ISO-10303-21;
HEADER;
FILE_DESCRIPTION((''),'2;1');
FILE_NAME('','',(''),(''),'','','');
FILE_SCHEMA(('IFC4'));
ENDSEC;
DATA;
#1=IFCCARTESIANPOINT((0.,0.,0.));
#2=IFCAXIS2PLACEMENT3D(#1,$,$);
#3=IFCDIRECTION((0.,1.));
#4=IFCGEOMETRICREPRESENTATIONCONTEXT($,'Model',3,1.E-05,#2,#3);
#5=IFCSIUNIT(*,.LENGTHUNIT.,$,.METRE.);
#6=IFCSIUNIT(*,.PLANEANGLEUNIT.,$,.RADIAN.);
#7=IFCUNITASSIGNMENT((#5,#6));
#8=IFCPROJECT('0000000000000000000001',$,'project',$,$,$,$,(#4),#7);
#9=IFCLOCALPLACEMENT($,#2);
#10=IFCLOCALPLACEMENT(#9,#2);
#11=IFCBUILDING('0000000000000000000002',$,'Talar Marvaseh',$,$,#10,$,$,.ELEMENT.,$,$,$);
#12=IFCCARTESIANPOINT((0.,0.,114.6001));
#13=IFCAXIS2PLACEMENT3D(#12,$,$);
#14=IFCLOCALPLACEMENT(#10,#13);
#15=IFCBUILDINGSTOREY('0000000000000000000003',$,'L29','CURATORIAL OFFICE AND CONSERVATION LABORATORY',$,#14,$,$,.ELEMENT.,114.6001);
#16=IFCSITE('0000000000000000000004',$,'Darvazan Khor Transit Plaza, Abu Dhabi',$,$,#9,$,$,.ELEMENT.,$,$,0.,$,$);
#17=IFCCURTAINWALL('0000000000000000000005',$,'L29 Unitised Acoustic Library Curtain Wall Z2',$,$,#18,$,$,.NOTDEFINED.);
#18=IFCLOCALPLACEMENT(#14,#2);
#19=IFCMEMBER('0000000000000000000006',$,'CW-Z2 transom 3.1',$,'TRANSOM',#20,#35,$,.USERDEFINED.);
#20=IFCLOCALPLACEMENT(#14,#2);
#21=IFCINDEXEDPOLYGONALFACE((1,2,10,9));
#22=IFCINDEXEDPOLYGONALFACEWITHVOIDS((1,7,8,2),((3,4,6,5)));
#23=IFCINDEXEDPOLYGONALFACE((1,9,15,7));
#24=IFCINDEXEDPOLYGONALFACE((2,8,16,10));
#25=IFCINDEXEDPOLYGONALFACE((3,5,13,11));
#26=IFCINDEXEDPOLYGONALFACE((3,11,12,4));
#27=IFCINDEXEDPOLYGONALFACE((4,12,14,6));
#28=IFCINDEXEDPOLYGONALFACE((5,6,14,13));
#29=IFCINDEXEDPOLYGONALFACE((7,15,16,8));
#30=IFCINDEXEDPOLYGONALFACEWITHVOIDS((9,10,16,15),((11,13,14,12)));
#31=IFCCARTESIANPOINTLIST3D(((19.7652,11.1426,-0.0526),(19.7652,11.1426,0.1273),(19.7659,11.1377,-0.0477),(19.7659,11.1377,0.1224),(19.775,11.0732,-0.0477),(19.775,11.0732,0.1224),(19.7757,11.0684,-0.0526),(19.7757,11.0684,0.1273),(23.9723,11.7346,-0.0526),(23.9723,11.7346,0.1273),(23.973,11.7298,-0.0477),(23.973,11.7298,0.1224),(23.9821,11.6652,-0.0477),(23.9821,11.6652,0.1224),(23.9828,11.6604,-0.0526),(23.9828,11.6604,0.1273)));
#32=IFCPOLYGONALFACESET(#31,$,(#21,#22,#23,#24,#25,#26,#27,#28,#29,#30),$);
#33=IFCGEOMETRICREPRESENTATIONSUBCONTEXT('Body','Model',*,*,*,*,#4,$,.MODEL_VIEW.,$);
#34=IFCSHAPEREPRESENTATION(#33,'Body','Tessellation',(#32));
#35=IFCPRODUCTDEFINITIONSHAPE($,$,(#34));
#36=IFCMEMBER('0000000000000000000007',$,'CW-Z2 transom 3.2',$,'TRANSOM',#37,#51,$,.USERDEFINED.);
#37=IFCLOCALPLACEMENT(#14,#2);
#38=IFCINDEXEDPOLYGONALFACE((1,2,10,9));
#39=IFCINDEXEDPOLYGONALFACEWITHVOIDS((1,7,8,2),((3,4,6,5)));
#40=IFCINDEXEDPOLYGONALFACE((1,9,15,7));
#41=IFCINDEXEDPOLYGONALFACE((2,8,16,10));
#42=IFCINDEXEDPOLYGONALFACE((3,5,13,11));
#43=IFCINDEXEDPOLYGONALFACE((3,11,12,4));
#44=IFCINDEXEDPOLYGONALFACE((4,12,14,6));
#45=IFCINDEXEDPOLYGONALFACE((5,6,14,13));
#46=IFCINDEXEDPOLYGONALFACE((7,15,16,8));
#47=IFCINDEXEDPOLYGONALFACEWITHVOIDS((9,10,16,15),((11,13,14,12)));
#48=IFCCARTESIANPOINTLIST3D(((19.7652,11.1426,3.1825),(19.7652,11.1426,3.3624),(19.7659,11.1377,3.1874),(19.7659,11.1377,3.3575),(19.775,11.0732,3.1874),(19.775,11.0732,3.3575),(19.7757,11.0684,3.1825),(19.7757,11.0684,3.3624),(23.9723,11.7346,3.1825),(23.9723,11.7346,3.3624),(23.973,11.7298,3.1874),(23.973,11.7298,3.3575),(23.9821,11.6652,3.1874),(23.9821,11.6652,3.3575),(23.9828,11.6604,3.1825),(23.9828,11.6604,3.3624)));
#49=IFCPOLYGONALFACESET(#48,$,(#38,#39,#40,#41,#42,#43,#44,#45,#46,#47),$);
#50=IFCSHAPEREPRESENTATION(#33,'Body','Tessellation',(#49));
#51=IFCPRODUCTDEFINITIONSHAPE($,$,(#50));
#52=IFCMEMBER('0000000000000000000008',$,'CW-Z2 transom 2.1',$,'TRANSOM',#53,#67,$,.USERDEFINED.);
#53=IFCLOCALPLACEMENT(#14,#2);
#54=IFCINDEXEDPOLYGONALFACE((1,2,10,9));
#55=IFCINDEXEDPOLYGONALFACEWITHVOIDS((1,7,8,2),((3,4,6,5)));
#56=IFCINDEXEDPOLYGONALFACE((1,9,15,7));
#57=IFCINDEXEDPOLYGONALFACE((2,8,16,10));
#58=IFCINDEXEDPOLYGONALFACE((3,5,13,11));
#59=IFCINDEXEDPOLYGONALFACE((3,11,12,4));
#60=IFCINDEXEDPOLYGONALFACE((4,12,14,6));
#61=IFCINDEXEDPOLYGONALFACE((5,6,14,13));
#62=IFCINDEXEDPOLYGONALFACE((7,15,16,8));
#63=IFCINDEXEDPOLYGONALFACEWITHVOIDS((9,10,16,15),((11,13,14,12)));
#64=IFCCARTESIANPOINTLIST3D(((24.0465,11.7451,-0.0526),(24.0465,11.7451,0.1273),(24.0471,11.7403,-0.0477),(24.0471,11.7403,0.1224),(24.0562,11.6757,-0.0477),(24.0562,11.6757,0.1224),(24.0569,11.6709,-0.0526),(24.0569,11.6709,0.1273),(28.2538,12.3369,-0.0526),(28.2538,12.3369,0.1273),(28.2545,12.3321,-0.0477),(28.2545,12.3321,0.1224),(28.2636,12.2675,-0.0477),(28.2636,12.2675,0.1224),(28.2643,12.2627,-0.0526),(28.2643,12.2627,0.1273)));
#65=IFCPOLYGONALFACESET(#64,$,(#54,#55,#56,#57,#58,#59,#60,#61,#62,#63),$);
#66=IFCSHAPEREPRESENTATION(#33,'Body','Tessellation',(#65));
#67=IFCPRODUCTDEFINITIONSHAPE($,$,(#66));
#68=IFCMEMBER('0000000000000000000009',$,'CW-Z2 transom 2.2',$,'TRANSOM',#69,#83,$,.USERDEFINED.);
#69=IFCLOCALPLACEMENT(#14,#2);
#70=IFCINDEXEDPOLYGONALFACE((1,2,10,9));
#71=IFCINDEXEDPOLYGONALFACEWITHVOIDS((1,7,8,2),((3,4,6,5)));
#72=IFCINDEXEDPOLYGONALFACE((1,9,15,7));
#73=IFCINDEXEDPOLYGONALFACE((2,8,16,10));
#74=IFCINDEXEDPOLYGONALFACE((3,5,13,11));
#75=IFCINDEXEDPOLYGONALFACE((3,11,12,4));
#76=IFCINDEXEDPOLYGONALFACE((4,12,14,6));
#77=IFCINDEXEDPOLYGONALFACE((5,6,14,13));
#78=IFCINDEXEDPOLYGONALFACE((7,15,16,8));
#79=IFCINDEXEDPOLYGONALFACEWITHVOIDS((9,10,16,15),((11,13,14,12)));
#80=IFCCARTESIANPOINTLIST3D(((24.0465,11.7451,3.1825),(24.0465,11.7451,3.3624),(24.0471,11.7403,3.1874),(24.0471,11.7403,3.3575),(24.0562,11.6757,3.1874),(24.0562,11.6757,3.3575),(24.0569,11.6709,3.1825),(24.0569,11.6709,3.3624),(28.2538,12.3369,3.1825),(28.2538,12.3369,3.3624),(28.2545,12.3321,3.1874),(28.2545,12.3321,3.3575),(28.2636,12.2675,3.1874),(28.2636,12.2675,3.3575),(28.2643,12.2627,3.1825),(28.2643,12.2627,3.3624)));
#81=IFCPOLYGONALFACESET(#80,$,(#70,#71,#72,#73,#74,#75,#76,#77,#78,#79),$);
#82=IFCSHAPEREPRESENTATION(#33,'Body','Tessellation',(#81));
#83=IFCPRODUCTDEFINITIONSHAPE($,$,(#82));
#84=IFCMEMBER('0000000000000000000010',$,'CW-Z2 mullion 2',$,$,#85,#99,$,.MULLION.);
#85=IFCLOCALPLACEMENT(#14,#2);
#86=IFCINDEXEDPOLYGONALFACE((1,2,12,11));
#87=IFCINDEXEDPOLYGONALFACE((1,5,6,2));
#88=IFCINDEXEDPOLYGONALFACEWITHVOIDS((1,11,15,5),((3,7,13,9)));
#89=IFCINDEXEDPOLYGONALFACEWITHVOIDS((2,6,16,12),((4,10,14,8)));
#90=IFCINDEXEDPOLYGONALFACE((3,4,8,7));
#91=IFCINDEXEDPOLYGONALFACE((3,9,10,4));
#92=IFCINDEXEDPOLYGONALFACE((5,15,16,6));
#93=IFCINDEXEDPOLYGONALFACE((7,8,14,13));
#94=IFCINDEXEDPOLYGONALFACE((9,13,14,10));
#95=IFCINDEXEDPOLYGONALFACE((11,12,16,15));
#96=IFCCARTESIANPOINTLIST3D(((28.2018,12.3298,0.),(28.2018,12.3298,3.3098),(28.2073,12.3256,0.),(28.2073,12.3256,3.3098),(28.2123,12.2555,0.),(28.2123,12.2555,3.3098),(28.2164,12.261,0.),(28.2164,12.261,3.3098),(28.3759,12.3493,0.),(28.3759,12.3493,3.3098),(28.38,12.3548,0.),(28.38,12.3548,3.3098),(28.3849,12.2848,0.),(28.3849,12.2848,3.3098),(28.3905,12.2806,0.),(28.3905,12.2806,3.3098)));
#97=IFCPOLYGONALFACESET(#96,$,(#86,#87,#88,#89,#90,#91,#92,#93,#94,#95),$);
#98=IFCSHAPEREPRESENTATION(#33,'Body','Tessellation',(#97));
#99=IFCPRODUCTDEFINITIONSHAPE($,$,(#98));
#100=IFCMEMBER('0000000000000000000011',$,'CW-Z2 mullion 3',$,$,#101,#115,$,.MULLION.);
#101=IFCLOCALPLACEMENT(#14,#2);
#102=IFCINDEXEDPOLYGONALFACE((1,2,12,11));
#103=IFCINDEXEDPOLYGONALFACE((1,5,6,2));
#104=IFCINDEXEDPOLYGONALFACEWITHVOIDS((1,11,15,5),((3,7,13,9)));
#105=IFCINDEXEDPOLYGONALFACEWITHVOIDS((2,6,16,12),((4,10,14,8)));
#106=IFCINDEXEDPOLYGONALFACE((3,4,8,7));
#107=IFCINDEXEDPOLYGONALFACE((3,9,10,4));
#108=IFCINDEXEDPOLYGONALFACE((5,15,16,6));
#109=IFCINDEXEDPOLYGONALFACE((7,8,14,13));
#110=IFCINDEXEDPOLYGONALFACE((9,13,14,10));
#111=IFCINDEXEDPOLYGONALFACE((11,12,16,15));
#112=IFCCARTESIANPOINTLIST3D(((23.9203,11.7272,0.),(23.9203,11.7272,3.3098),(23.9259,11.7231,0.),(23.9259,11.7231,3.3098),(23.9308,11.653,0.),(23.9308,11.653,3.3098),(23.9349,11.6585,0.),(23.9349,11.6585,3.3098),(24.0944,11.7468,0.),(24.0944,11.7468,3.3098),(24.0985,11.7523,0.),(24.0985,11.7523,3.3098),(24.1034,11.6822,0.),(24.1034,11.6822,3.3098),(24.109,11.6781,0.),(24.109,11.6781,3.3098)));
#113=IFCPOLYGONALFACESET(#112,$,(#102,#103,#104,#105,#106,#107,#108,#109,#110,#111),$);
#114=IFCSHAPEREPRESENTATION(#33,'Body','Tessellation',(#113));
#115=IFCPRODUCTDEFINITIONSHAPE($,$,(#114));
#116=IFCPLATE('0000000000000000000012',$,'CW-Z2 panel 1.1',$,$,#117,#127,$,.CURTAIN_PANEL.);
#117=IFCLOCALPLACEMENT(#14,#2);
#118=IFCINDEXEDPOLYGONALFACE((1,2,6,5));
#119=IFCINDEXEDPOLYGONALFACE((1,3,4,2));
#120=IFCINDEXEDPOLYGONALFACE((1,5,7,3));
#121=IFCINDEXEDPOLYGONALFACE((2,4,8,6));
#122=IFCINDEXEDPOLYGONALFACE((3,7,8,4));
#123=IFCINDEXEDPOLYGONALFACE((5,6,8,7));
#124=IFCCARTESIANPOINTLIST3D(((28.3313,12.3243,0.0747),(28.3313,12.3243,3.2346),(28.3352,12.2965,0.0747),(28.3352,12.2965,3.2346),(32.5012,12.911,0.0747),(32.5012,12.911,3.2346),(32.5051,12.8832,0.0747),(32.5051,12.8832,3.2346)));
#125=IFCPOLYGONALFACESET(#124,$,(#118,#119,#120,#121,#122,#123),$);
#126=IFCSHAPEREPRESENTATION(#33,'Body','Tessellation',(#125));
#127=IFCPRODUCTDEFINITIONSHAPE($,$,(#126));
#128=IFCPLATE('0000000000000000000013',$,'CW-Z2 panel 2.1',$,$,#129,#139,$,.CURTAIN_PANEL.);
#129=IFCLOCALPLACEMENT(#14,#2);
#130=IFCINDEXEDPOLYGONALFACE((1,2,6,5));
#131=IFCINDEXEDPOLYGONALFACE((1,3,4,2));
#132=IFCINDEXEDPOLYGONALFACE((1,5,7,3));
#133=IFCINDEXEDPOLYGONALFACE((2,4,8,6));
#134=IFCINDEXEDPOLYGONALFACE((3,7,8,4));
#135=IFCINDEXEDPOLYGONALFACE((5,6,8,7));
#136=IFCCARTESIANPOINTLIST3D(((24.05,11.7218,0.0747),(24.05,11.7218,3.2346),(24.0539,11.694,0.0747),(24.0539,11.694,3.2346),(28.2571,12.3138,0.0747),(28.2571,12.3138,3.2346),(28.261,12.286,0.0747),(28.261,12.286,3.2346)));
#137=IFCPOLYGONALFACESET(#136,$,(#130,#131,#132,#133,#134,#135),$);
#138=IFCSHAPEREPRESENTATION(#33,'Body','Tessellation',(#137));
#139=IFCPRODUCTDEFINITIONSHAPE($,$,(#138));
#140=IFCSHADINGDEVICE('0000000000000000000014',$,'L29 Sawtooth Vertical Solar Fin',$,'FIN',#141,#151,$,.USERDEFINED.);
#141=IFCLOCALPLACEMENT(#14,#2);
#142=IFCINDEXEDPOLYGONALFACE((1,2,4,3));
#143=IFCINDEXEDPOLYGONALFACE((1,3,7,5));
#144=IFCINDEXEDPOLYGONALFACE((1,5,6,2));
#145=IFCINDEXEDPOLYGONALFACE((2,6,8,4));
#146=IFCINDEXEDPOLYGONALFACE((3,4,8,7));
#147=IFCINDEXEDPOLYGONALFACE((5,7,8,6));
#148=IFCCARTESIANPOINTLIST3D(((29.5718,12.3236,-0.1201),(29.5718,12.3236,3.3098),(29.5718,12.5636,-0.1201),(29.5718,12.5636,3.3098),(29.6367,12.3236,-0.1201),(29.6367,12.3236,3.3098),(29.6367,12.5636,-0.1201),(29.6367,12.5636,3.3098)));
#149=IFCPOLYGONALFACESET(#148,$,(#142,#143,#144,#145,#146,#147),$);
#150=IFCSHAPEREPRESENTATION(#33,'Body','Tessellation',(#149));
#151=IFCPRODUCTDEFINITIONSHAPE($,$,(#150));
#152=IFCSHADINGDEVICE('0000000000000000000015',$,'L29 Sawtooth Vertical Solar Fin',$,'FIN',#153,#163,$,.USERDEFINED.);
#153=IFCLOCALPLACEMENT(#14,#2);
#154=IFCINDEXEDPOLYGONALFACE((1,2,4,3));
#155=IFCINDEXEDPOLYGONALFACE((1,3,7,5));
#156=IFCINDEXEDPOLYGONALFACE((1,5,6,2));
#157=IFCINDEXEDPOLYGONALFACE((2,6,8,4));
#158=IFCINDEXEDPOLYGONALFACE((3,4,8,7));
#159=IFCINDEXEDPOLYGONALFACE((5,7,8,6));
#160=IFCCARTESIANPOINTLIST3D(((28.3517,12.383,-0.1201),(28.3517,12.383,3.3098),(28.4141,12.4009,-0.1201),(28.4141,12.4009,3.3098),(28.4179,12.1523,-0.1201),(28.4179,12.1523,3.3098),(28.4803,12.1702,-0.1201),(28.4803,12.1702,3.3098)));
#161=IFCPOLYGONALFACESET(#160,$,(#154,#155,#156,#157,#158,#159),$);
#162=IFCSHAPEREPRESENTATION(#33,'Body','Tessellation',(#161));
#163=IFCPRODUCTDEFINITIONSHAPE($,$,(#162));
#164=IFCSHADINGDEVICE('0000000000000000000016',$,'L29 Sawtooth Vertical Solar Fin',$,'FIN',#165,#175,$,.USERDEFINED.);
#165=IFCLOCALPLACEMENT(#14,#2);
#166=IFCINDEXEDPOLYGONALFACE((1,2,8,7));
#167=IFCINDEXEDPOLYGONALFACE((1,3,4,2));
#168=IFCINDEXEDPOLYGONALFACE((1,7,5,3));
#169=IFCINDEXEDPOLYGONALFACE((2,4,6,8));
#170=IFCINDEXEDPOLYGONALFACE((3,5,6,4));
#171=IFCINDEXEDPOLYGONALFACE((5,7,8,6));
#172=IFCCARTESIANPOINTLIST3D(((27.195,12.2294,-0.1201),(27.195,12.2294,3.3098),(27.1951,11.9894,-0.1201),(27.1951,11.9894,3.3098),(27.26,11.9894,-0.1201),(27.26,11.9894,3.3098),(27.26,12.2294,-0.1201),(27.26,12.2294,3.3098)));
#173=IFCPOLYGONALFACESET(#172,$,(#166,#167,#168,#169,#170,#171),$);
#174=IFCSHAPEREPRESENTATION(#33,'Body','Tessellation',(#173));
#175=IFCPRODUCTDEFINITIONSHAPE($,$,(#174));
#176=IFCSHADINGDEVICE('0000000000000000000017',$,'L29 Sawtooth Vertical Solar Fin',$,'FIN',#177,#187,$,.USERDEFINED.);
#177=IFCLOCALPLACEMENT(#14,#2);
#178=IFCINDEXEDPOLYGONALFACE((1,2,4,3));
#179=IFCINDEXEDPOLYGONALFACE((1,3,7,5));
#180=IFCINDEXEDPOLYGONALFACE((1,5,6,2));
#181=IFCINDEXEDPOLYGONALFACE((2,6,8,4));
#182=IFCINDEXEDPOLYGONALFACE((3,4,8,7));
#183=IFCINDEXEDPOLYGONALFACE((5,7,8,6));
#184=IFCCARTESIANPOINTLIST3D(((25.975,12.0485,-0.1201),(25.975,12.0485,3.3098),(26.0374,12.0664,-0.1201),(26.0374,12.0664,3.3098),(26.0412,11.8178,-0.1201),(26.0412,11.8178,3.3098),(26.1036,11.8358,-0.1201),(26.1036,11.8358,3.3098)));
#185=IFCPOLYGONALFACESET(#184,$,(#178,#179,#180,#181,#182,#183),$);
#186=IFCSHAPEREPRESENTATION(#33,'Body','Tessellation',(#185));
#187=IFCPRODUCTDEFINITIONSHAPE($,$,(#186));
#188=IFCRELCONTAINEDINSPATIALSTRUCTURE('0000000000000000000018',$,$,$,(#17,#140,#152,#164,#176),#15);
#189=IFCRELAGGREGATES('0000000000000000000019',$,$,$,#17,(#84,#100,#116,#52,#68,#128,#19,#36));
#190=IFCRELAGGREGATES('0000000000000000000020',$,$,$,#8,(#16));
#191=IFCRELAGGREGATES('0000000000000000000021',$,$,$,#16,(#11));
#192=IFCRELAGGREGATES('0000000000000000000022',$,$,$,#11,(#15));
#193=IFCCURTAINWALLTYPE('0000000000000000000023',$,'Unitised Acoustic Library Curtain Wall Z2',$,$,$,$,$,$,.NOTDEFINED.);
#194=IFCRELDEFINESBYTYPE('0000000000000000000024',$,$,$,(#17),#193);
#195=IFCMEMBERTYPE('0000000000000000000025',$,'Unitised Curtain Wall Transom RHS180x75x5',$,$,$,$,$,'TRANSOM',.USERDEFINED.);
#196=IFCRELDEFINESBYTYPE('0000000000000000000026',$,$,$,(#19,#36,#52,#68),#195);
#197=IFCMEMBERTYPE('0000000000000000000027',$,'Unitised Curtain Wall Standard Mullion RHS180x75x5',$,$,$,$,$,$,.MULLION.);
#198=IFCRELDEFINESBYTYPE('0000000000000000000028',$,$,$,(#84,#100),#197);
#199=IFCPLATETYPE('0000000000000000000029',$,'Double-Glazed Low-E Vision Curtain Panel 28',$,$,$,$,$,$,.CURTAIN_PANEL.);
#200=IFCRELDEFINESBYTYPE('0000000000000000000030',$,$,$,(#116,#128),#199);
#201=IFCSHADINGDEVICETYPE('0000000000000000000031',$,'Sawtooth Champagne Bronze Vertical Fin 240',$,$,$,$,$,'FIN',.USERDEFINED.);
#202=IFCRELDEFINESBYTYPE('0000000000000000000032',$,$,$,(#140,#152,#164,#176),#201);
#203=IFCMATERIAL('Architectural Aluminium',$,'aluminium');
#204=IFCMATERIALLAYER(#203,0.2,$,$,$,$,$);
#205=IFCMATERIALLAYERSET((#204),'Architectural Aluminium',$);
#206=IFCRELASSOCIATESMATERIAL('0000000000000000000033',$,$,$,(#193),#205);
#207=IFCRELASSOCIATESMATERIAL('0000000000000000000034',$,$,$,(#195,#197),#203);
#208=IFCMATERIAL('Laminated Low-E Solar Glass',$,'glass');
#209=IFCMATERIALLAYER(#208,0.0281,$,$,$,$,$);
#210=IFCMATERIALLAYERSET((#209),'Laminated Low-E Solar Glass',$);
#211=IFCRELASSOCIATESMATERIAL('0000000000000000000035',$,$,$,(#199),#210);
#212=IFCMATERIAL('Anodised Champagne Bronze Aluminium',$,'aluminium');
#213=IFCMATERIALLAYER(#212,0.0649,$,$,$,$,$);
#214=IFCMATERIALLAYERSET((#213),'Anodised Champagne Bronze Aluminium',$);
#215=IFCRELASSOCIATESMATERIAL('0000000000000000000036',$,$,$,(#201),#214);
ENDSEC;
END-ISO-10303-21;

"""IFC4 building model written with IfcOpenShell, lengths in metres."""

from ifc_helpers import new_model, si_unit, direction, frame, origin, origin_2d, place, context, subcontext, project, spatial, rectangle, hollow_rectangle, extrude, source, transform, mapped, material, layer, layer_set, material_profile, profile_set, type_object, type_shapes, element, aggregate, save


model = new_model("IFC4")

# Units and contexts
model_context = context("Model", 3, precision=1e-05, world=origin(), true_north=direction((0.0, 1.0)))
body_context = subcontext(model_context, "Body", "Model", "MODEL_VIEW")
ifc_project = project(units=[si_unit("LENGTHUNIT", "METRE"), si_unit("PLANEANGLEUNIT", "RADIAN")], contexts=[model_context])

# Site, building, storey
site_placement = place(None, origin())
site = spatial("IfcSite", under=ifc_project, at=site_placement, Name="Darvazan Khor Transit Plaza, Abu Dhabi", CompositionType="ELEMENT", RefElevation=0.0)
building_placement = place(site_placement, origin())
building = spatial("IfcBuilding", under=site, at=building_placement, Name="Talar Marvaseh", CompositionType="ELEMENT")
storey_placement = place(building_placement, frame((0.0, 0.0, 114.6001)))
storey = spatial("IfcBuildingStorey", under=building, at=storey_placement, Name="L29", Description="CURATORIAL OFFICE AND CONSERVATION LABORATORY", CompositionType="ELEMENT", Elevation=114.6001)

# Curtain wall, members, plates
ifc_material_1 = material(Name="Architectural Aluminium", Category="aluminium")
ifc_layer_1 = layer(ifc_material_1, 0.2)
ifc_layer_set_1 = layer_set([ifc_layer_1], Name="Architectural Aluminium")
curtain_wall_type = type_object("IfcCurtainWallType", Name="Unitised Acoustic Library Curtain Wall Z2", PredefinedType="NOTDEFINED", material=ifc_layer_set_1)
curtain_wall_placement = place(storey_placement, origin())
curtain_wall = element("IfcCurtainWall", 1, at=curtain_wall_placement, inside=storey, type_object=curtain_wall_type, Name="L29 Unitised Acoustic Library Curtain Wall Z2", PredefinedType="NOTDEFINED")
ifc_material_profile_1 = material_profile(ifc_material_1, hollow_rectangle(XDim=0.075, YDim=0.1799, WallThickness=0.0049, at=origin_2d()), Name="RHS180x75x5")
ifc_profile_set_1 = profile_set([ifc_material_profile_1], Name="Architectural Aluminium")
member_type_1 = type_object("IfcMemberType", Name="Unitised Curtain Wall Transom RHS180x75x5", ElementType="TRANSOM", PredefinedType="USERDEFINED", material=ifc_profile_set_1)
shared_shape_1 = source(origin(), body_context, "Body", "SweptSolid", [
    extrude(hollow_rectangle(XDim=0.075, YDim=0.1799, WallThickness=0.0049, at=origin_2d()), origin(), (0.0, 0.0, 1.0), 4.2485),
])
member_1_placement = place(storey_placement, frame((23.9775, 11.6975, 0.0374), z_axis=(-0.990243, -0.139353, 0.0), x_axis=(0.139353, -0.990243, 0.0)))
member_1 = element("IfcMember", 2, at=member_1_placement, type_object=member_type_1, Name="CW-Z2 transom 3.1", ObjectType="TRANSOM", PredefinedType="USERDEFINED", context=body_context, shape_type="MappedRepresentation", body=[
    mapped(shared_shape_1, transform((0.0, 0.0, 0.0), x_axis=(1.0, 0.0, 0.0), y_axis=(0.0, 1.0, 0.0), z_axis=(0.0, 0.0, 1.0), scale=1.0)),
])
member_2_placement = place(storey_placement, frame((23.9775, 11.6975, 3.2725), z_axis=(-0.990243, -0.139353, 0.0), x_axis=(0.139353, -0.990243, 0.0)))
member_2 = element("IfcMember", 3, at=member_2_placement, type_object=member_type_1, Name="CW-Z2 transom 3.2", ObjectType="TRANSOM", PredefinedType="USERDEFINED", context=body_context, shape_type="MappedRepresentation", body=[
    mapped(shared_shape_1, transform((0.0, 0.0, 0.0), x_axis=(1.0, 0.0, 0.0), y_axis=(0.0, 1.0, 0.0), z_axis=(0.0, 0.0, 1.0), scale=1.0)),
])
shared_shape_2 = source(origin(), body_context, "Body", "SweptSolid", [
    extrude(hollow_rectangle(XDim=0.075, YDim=0.1799, WallThickness=0.0049, at=origin_2d()), origin(), (0.0, 0.0, 1.0), 4.2488),
])
type_shapes(member_type_1, [shared_shape_1, shared_shape_2])
member_3_placement = place(storey_placement, frame((28.259, 12.2998, 0.0374), z_axis=(-0.990252, -0.139289, 0.0), x_axis=(0.139289, -0.990252, 0.0)))
member_3 = element("IfcMember", 4, at=member_3_placement, type_object=member_type_1, Name="CW-Z2 transom 2.1", ObjectType="TRANSOM", PredefinedType="USERDEFINED", context=body_context, shape_type="MappedRepresentation", body=[
    mapped(shared_shape_2, transform((0.0, 0.0, 0.0), x_axis=(1.0, 0.0, 0.0), y_axis=(0.0, 1.0, 0.0), z_axis=(0.0, 0.0, 1.0), scale=1.0)),
])
member_4_placement = place(storey_placement, frame((28.259, 12.2998, 3.2725), z_axis=(-0.990252, -0.139289, 0.0), x_axis=(0.139289, -0.990252, 0.0)))
member_4 = element("IfcMember", 5, at=member_4_placement, type_object=member_type_1, Name="CW-Z2 transom 2.2", ObjectType="TRANSOM", PredefinedType="USERDEFINED", context=body_context, shape_type="MappedRepresentation", body=[
    mapped(shared_shape_2, transform((0.0, 0.0, 0.0), x_axis=(1.0, 0.0, 0.0), y_axis=(0.0, 1.0, 0.0), z_axis=(0.0, 0.0, 1.0), scale=1.0)),
])
ifc_material_profile_2 = material_profile(ifc_material_1, hollow_rectangle(XDim=0.075, YDim=0.1799, WallThickness=0.0049, at=origin_2d()), Name="RHS180x75x5")
ifc_profile_set_2 = profile_set([ifc_material_profile_2], Name="Architectural Aluminium")
member_type_2 = type_object("IfcMemberType", Name="Unitised Curtain Wall Standard Mullion RHS180x75x5", PredefinedType="MULLION", material=ifc_profile_set_2)
shared_shape_3 = source(origin(), body_context, "Body", "SweptSolid", [
    extrude(hollow_rectangle(XDim=0.075, YDim=0.1799, WallThickness=0.0049, at=origin_2d()), origin(), (0.0, 0.0, 1.0), 3.3098),
])
type_shapes(member_type_2, [shared_shape_3])
member_5_placement = place(storey_placement, frame((28.2961, 12.3052, 0.0), z_axis=(0.0, 0.0, 1.0), x_axis=(0.139325, -0.990247, 0.0)))
member_5 = element("IfcMember", 6, at=member_5_placement, type_object=member_type_2, Name="CW-Z2 mullion 2", PredefinedType="MULLION", context=body_context, shape_type="MappedRepresentation", body=[
    mapped(shared_shape_3, transform((0.0, 0.0, 0.0), x_axis=(1.0, 0.0, 0.0), y_axis=(0.0, 1.0, 0.0), z_axis=(0.0, 0.0, 1.0), scale=1.0)),
])
member_6_placement = place(storey_placement, frame((24.0146, 11.7026, 0.0), z_axis=(0.0, 0.0, 1.0), x_axis=(0.139325, -0.990247, 0.0)))
member_6 = element("IfcMember", 7, at=member_6_placement, type_object=member_type_2, Name="CW-Z2 mullion 3", PredefinedType="MULLION", context=body_context, shape_type="MappedRepresentation", body=[
    mapped(shared_shape_3, transform((0.0, 0.0, 0.0), x_axis=(1.0, 0.0, 0.0), y_axis=(0.0, 1.0, 0.0), z_axis=(0.0, 0.0, 1.0), scale=1.0)),
])
ifc_material_2 = material(Name="Laminated Low-E Solar Glass", Category="glass")
ifc_layer_2 = layer(ifc_material_2, 0.0281)
ifc_layer_set_2 = layer_set([ifc_layer_2], Name="Laminated Low-E Solar Glass")
plate_type = type_object("IfcPlateType", Name="Double-Glazed Low-E Vision Curtain Panel 28", PredefinedType="CURTAIN_PANEL", material=ifc_layer_set_2)
shared_shape_4 = source(origin(), body_context, "Body", "SweptSolid", [
    extrude(rectangle(XDim=4.2109, YDim=0.0281, at=origin_2d()), origin(), (0.0, 0.0, 1.0), 3.1599),
])
plate_1_placement = place(storey_placement, frame((30.4182, 12.6038, 0.0747), z_axis=(0.0, 0.0, 1.0), x_axis=(-0.990247, -0.139325, 0.0)))
plate_1 = element("IfcPlate", 8, at=plate_1_placement, type_object=plate_type, Name="CW-Z2 panel 1.1", PredefinedType="CURTAIN_PANEL", context=body_context, shape_type="MappedRepresentation", body=[
    mapped(shared_shape_4, transform((0.0, 0.0, 0.0), x_axis=(1.0, 0.0, 0.0), y_axis=(0.0, 1.0, 0.0), z_axis=(0.0, 0.0, 1.0), scale=1.0)),
])
shared_shape_5 = source(origin(), body_context, "Body", "SweptSolid", [
    extrude(rectangle(XDim=4.2485, YDim=0.0281, at=origin_2d()), origin(), (0.0, 0.0, 1.0), 3.1599),
])
type_shapes(plate_type, [shared_shape_4, shared_shape_5])
plate_2_placement = place(storey_placement, frame((26.1555, 12.0039, 0.0747), z_axis=(0.0, 0.0, 1.0), x_axis=(-0.990247, -0.139325, 0.0)))
plate_2 = element("IfcPlate", 9, at=plate_2_placement, type_object=plate_type, Name="CW-Z2 panel 2.1", PredefinedType="CURTAIN_PANEL", context=body_context, shape_type="MappedRepresentation", body=[
    mapped(shared_shape_5, transform((0.0, 0.0, 0.0), x_axis=(1.0, 0.0, 0.0), y_axis=(0.0, 1.0, 0.0), z_axis=(0.0, 0.0, 1.0), scale=1.0)),
])
aggregate(curtain_wall, [member_5, member_6, plate_1, member_3, member_4, plate_2, member_1, member_2])

# Shading devices
ifc_material_3 = material(Name="Anodised Champagne Bronze Aluminium", Category="aluminium")
ifc_layer_3 = layer(ifc_material_3, 0.0649)
ifc_layer_set_3 = layer_set([ifc_layer_3], Name="Anodised Champagne Bronze Aluminium")
shading_device_type = type_object("IfcShadingDeviceType", Name="Sawtooth Champagne Bronze Vertical Fin 240", ElementType="FIN", PredefinedType="USERDEFINED", material=ifc_layer_set_3)
shared_shape_6 = source(origin(), body_context, "Body", "SweptSolid", [
    extrude(rectangle(XDim=0.24, YDim=0.0649, at=origin_2d()), origin(), (0.0, 0.0, 1.0), 3.4299),
])
type_shapes(shading_device_type, [shared_shape_6])
for number, where, z_axis, x_axis, name in (
    (10, (29.6042, 12.4436, -0.1201), (0.0, 0.0, 1.0), (0.000175, -1.0, 0.0), "L29 Sawtooth Vertical Solar Fin"),
    (11, (28.416, 12.2766, -0.1201), (0.0, 0.0, 1.0), (0.275805, -0.961214, 0.0), "L29 Sawtooth Vertical Solar Fin"),
    (12, (27.2275, 12.1094, -0.1201), (0.0, 0.0, 1.0), (0.000175, -1.0, 0.0), "L29 Sawtooth Vertical Solar Fin"),
    (13, (26.0393, 11.9421, -0.1201), (0.0, 0.0, 1.0), (0.275805, -0.961214, 0.0), "L29 Sawtooth Vertical Solar Fin"),
):
    element("IfcShadingDevice", number, at=place(storey_placement, frame(where, z_axis=z_axis, x_axis=x_axis)), inside=storey, type_object=shading_device_type, Name=name, ObjectType="FIN", PredefinedType="USERDEFINED", context=body_context, shape_type="MappedRepresentation", body=[
        mapped(shared_shape_6, transform((0.0, 0.0, 0.0), x_axis=(1.0, 0.0, 0.0), y_axis=(0.0, 1.0, 0.0), z_axis=(0.0, 0.0, 1.0), scale=1.0)),
    ])

save(model, "model.ifc")
